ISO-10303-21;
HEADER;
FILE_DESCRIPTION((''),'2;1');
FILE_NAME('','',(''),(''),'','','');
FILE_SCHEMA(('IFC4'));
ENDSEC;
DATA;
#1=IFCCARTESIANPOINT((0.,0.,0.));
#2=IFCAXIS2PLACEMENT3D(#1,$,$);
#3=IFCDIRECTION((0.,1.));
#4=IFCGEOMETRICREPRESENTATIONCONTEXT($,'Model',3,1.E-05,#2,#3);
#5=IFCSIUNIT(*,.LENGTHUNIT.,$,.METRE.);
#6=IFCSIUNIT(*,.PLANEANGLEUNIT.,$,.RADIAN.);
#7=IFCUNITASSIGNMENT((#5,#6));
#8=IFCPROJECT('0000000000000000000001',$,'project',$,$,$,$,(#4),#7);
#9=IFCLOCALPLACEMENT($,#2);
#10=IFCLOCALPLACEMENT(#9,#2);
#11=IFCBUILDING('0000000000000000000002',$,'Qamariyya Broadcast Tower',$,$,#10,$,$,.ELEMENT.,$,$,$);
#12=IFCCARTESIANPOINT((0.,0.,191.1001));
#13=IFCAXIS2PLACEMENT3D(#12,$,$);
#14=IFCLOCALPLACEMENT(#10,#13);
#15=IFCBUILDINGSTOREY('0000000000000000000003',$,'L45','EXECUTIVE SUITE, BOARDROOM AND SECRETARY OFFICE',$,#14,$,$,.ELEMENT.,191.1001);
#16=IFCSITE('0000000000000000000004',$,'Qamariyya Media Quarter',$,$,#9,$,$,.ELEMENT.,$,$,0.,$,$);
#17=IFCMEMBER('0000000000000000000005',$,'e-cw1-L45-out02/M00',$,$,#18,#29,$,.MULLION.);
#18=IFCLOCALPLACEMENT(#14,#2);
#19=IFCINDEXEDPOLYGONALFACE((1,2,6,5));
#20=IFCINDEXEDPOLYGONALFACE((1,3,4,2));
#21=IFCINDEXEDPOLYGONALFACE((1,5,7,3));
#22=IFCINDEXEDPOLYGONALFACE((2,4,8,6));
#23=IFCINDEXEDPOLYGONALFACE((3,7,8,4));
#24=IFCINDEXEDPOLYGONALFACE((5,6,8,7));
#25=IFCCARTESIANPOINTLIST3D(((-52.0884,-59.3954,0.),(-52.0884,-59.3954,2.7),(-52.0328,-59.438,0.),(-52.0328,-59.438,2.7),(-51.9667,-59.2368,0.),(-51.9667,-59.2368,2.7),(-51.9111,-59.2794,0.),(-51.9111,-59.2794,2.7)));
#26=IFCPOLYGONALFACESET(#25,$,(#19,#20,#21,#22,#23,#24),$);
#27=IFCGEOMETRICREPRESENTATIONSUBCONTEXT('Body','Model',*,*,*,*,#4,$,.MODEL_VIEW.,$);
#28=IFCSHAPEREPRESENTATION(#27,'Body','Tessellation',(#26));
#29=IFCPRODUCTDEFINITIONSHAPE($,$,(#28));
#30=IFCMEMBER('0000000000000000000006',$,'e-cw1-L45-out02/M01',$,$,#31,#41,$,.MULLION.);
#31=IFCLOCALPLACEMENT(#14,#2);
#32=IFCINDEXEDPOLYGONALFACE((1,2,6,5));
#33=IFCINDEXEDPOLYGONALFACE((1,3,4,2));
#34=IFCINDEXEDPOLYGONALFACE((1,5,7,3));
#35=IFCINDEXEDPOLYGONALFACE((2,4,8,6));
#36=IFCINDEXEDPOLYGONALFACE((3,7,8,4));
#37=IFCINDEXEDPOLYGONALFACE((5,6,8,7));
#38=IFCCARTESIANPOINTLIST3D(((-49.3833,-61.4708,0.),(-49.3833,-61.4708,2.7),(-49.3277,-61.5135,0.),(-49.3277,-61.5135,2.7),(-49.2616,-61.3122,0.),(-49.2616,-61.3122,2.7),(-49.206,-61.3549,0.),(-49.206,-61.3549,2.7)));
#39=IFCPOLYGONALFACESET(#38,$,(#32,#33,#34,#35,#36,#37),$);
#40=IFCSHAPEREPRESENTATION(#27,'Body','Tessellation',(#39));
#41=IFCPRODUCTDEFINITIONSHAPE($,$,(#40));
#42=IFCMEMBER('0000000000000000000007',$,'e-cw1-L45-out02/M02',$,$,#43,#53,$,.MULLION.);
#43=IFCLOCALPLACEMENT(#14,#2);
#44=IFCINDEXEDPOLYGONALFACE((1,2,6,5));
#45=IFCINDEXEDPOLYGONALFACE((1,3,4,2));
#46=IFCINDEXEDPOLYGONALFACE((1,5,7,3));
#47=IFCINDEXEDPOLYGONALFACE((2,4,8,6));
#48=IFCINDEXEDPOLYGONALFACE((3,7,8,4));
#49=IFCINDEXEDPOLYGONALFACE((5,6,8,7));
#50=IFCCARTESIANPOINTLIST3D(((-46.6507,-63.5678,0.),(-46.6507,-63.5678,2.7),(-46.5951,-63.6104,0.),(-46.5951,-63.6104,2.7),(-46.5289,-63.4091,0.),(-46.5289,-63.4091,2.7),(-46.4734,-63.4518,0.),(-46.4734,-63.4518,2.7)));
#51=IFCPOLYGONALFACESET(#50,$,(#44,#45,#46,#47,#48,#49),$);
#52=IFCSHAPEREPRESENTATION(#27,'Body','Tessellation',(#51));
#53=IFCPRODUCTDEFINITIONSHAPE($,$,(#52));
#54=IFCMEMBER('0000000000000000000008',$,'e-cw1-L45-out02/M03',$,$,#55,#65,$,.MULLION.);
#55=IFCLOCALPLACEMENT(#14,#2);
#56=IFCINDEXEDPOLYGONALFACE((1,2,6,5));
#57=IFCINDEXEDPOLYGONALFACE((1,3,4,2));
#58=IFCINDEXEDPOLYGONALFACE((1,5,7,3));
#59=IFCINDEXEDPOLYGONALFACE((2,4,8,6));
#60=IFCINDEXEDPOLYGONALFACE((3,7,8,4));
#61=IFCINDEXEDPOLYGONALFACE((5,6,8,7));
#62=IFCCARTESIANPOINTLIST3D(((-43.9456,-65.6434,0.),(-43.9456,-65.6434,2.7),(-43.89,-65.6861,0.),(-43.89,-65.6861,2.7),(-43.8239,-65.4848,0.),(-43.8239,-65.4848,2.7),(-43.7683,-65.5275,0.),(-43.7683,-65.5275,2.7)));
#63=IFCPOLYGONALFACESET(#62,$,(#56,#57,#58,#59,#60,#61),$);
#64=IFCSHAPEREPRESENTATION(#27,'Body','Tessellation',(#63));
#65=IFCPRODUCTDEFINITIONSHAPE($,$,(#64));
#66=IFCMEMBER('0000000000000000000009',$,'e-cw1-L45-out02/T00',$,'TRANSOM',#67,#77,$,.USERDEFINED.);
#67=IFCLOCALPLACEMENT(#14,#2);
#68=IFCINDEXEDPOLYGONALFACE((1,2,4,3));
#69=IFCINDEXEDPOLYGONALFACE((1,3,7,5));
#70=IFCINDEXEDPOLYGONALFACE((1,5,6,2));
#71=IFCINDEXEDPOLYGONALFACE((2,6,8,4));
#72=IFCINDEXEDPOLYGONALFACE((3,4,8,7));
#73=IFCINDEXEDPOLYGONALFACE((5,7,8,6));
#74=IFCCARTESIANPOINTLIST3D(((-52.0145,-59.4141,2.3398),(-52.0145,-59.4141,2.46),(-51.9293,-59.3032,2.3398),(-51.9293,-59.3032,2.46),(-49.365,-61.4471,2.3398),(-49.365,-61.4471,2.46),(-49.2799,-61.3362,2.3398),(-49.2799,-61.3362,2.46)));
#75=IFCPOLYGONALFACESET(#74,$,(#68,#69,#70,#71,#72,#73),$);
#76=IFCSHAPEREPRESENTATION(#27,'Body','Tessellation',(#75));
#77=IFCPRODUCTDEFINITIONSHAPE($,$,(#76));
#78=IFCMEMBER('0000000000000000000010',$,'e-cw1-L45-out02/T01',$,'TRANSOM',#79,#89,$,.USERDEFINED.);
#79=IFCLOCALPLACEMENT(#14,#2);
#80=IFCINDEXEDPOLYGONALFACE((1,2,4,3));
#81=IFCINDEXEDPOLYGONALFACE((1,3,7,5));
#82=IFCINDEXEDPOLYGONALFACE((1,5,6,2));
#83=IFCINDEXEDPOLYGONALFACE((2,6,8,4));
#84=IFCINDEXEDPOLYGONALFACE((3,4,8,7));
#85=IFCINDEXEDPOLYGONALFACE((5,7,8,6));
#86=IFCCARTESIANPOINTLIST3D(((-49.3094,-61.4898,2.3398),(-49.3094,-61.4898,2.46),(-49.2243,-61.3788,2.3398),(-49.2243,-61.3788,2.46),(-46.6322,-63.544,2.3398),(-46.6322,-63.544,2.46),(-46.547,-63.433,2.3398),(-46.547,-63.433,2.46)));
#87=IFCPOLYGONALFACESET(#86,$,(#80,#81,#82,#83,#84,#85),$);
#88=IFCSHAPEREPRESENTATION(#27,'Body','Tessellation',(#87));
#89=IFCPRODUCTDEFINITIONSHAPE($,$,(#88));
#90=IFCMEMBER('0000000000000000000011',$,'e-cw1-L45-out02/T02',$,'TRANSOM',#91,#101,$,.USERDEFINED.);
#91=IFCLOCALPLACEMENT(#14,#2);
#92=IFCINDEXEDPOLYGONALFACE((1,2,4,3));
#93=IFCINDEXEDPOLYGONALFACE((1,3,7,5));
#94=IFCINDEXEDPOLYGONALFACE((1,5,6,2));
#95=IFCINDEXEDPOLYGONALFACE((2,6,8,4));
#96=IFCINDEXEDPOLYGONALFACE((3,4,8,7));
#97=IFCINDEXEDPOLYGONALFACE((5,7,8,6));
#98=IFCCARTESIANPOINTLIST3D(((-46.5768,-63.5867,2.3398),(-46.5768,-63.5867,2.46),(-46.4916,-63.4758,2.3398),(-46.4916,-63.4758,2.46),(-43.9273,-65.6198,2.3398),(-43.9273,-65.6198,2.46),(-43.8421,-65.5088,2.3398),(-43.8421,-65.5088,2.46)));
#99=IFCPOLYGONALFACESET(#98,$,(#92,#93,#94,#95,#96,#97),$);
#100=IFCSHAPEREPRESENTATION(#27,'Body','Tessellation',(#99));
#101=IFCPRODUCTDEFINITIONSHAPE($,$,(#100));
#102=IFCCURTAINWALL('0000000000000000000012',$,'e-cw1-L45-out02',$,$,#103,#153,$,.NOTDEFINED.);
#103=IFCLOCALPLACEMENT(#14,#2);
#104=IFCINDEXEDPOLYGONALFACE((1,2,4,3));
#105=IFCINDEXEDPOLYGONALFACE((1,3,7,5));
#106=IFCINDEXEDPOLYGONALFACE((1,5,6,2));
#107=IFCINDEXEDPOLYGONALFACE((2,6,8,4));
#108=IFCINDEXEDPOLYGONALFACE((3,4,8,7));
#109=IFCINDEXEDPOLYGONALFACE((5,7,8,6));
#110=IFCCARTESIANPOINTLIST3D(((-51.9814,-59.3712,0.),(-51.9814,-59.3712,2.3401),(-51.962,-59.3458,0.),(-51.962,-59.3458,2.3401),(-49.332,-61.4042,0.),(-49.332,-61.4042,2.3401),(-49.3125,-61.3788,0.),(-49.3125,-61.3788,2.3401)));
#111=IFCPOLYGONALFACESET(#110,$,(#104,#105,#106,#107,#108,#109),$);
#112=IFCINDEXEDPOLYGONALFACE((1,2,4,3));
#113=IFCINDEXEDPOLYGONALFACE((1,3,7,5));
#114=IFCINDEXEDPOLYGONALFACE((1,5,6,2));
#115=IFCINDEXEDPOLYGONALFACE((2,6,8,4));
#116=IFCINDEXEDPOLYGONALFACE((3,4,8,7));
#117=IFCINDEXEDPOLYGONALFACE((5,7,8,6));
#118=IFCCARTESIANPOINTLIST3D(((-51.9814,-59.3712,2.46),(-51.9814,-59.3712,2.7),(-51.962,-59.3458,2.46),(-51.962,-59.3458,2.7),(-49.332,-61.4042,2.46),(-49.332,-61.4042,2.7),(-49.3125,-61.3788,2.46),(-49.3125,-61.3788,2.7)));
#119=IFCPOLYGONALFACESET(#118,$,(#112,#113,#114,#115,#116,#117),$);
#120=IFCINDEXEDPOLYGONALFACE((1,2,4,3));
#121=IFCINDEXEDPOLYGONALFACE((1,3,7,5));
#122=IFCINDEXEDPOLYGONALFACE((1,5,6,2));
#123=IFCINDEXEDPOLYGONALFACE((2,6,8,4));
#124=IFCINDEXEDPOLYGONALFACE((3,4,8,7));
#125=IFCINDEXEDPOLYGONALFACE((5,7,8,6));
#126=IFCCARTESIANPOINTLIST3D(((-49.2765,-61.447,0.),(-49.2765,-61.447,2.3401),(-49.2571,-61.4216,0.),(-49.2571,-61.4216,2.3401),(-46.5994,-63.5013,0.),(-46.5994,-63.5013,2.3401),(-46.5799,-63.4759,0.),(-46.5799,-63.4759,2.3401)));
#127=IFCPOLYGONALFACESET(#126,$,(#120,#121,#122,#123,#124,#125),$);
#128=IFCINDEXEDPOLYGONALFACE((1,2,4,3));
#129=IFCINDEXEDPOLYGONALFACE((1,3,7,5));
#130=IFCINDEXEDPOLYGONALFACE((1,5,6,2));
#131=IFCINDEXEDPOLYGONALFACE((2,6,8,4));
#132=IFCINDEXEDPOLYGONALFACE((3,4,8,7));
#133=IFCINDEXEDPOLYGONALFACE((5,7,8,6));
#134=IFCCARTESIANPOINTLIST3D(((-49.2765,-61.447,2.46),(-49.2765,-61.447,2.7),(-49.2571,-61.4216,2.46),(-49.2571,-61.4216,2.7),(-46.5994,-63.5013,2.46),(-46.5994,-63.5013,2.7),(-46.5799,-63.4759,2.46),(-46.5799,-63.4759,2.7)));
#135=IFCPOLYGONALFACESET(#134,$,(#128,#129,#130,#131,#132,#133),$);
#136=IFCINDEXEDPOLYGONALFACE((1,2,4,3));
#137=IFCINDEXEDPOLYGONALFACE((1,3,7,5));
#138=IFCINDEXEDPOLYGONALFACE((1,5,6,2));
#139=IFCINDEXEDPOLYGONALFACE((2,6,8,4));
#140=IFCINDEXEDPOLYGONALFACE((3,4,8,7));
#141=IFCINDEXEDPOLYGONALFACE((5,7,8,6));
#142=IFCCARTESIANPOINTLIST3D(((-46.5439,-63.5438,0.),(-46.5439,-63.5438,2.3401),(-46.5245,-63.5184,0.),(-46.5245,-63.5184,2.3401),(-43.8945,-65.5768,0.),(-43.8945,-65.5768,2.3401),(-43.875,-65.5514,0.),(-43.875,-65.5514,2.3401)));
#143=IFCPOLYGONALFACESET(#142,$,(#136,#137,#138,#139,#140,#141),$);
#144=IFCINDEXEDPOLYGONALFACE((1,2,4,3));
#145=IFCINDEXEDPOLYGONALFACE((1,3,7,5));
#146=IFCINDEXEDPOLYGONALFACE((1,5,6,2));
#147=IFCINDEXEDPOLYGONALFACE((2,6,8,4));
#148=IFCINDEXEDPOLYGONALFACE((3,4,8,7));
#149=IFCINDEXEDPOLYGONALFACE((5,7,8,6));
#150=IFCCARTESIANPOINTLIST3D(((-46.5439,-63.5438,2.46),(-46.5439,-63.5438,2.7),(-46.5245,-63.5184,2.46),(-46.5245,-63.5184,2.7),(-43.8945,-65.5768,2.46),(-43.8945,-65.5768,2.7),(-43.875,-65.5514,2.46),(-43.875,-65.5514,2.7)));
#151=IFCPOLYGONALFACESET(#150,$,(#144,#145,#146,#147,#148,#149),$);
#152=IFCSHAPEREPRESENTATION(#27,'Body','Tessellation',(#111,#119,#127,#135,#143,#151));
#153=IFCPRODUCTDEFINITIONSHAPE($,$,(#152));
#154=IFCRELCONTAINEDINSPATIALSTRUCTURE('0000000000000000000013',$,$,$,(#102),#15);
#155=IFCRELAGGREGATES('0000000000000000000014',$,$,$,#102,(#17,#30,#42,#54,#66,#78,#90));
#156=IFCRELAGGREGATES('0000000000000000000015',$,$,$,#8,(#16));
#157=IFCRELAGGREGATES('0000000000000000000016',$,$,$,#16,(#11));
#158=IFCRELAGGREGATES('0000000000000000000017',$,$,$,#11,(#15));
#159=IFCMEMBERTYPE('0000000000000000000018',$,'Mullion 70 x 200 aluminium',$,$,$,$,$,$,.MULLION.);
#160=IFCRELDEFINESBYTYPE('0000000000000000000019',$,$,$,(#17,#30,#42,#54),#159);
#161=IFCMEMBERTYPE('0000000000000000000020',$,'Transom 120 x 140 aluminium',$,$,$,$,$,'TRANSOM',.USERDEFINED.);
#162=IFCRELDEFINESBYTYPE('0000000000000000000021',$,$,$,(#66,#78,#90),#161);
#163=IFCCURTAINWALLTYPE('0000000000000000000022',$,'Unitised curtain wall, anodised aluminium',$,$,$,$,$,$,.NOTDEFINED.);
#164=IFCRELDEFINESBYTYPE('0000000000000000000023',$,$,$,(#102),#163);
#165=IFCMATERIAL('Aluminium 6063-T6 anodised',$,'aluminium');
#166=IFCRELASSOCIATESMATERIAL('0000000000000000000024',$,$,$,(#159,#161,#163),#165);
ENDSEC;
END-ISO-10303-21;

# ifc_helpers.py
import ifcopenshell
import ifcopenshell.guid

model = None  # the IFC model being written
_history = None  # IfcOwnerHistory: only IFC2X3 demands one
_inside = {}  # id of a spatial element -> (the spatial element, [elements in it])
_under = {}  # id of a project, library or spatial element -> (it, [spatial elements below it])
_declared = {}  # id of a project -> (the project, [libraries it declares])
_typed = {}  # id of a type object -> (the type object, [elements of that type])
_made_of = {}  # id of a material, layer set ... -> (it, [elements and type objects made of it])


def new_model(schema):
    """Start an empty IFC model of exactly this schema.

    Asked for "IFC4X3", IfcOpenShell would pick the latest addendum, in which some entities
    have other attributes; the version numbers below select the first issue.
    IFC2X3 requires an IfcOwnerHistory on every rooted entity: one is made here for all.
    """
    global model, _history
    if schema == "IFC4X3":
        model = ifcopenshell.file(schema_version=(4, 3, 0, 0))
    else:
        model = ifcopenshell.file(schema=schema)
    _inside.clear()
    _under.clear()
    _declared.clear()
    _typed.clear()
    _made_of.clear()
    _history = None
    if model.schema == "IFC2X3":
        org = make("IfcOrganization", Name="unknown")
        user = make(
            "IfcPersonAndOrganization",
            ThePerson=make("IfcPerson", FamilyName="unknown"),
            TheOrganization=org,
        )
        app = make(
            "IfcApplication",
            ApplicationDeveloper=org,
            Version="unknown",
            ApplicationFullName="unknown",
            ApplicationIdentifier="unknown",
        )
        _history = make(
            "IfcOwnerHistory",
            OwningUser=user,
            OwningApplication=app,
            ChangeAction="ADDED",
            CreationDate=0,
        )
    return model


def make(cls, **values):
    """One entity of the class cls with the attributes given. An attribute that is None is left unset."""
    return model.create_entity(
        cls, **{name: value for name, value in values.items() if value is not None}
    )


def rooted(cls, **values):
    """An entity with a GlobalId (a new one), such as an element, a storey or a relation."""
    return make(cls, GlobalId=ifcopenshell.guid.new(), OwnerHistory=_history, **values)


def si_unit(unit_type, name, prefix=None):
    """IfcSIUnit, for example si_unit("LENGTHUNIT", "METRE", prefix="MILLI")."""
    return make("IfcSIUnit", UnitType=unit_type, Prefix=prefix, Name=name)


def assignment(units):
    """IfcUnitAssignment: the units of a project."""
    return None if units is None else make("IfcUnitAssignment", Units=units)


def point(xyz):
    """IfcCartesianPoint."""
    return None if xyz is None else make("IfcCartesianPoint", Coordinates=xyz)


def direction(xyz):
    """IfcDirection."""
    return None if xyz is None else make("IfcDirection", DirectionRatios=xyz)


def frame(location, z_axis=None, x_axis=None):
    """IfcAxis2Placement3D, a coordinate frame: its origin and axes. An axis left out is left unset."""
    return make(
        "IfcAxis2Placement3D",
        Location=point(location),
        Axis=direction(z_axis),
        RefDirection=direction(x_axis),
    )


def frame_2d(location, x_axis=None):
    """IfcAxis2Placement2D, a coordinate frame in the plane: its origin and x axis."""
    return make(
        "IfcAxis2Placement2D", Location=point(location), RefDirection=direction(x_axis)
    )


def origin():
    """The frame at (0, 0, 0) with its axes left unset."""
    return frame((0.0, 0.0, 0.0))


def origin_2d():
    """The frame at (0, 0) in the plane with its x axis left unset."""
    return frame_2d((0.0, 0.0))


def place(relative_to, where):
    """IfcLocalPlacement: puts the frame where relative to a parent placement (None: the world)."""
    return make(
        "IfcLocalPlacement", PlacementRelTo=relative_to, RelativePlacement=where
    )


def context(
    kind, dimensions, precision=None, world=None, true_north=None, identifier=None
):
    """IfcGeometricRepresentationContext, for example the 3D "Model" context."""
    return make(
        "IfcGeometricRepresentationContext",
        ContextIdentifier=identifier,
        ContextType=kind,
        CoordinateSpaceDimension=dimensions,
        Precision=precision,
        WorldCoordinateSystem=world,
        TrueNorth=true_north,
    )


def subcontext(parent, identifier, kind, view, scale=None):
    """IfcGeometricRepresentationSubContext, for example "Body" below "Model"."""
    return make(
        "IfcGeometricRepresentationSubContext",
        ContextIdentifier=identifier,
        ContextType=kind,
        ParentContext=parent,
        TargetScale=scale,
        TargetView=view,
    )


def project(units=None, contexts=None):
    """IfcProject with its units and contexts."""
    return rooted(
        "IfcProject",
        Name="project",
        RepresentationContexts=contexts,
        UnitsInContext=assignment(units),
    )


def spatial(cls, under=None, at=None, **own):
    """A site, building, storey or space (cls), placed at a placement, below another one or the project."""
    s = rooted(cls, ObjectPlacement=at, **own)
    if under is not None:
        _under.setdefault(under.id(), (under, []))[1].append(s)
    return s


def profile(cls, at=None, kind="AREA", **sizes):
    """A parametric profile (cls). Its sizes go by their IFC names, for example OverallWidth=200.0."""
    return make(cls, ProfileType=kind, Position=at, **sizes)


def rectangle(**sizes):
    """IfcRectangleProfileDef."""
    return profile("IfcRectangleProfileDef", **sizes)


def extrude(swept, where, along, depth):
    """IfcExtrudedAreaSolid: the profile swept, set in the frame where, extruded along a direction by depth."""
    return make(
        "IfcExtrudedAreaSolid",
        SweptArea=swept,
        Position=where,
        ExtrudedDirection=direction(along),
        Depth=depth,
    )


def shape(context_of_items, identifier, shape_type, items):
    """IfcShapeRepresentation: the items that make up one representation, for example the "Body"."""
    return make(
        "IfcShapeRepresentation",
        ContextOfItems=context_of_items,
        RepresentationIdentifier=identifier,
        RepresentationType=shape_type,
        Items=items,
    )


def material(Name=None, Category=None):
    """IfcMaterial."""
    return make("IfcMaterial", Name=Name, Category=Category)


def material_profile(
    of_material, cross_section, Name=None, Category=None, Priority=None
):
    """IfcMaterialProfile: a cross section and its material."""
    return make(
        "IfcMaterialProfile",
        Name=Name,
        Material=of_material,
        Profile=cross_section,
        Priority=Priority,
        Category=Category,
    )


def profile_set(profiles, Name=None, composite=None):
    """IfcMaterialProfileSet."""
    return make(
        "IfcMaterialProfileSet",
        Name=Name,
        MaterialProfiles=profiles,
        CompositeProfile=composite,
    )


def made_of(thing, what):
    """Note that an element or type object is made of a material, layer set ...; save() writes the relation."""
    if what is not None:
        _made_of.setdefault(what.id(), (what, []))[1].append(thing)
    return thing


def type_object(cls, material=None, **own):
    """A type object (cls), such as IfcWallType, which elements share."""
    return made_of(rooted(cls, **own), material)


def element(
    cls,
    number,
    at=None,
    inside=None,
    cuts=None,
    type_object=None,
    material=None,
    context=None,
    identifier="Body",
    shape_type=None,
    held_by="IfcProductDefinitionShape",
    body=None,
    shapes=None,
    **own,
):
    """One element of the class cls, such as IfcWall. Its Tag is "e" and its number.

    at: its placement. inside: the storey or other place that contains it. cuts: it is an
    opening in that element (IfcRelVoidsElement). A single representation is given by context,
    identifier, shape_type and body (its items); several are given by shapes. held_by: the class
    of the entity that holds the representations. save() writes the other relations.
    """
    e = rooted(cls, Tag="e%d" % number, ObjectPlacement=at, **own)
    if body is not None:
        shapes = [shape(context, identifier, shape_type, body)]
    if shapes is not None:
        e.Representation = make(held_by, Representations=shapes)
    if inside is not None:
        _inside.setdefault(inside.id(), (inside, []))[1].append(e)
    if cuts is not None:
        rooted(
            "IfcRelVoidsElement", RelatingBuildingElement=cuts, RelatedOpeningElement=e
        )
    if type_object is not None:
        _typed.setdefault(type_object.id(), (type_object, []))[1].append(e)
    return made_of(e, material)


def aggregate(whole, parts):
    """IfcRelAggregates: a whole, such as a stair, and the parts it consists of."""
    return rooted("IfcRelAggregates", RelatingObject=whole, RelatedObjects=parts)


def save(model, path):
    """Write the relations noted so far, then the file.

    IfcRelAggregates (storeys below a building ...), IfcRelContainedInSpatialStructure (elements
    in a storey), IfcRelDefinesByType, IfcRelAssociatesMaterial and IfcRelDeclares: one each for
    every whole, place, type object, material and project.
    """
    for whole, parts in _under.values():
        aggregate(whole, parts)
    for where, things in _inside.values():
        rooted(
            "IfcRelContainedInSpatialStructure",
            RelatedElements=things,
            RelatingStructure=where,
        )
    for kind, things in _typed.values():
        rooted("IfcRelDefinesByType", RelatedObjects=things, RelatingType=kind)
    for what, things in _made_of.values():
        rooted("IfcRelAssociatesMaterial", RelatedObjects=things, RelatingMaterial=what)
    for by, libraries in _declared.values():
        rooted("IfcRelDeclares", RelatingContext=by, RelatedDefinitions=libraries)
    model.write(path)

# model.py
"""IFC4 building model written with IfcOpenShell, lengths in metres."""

from ifc_helpers import new_model, si_unit, direction, frame, origin, origin_2d, place, context, subcontext, project, spatial, rectangle, extrude, material, material_profile, profile_set, type_object, element, aggregate, save


model = new_model("IFC4")

# Units and contexts
model_context = context("Model", 3, precision=1e-05, world=origin(), true_north=direction((0.0, 1.0)))
body_context = subcontext(model_context, "Body", "Model", "MODEL_VIEW")
ifc_project = project(units=[si_unit("LENGTHUNIT", "METRE"), si_unit("PLANEANGLEUNIT", "RADIAN")], contexts=[model_context])

# Members
ifc_material_1 = material(Name="Aluminium 6063-T6 anodised", Category="aluminium")
ifc_material_profile_1 = material_profile(ifc_material_1, rectangle(XDim=0.2, YDim=0.0701, at=origin_2d()))
ifc_profile_set_1 = profile_set([ifc_material_profile_1], Name="Aluminium 6063-T6 anodised")
member_type_1 = type_object("IfcMemberType", Name="Mullion 70 x 200 aluminium", PredefinedType="MULLION", material=ifc_profile_set_1)
site_placement = place(None, origin())
building_placement = place(site_placement, origin())
storey_placement = place(building_placement, frame((0.0, 0.0, 191.1001)))
member_1_placement = place(storey_placement, frame((-51.9998, -59.3374, 0.0), z_axis=(0.0, 0.0, 1.0), x_axis=(0.608761, 0.793353, 0.0)))
member_1 = element("IfcMember", 1, at=member_1_placement, type_object=member_type_1, Name="e-cw1-L45-out02/M00", PredefinedType="MULLION", context=body_context, shape_type="SweptSolid", body=[
    extrude(rectangle(XDim=0.2, YDim=0.0701, at=origin_2d()), origin(), (0.0, 0.0, 1.0), 2.7),
])
member_2_placement = place(storey_placement, frame((-49.2947, -61.4128, 0.0), z_axis=(0.0, 0.0, 1.0), x_axis=(0.608761, 0.793353, 0.0)))
member_2 = element("IfcMember", 2, at=member_2_placement, type_object=member_type_1, Name="e-cw1-L45-out02/M01", PredefinedType="MULLION", context=body_context, shape_type="SweptSolid", body=[
    extrude(rectangle(XDim=0.2, YDim=0.0701, at=origin_2d()), origin(), (0.0, 0.0, 1.0), 2.7),
])
member_3_placement = place(storey_placement, frame((-46.562, -63.5098, 0.0), z_axis=(0.0, 0.0, 1.0), x_axis=(0.608761, 0.793353, 0.0)))
member_3 = element("IfcMember", 3, at=member_3_placement, type_object=member_type_1, Name="e-cw1-L45-out02/M02", PredefinedType="MULLION", context=body_context, shape_type="SweptSolid", body=[
    extrude(rectangle(XDim=0.2, YDim=0.0701, at=origin_2d()), origin(), (0.0, 0.0, 1.0), 2.7),
])
member_4_placement = place(storey_placement, frame((-43.8569, -65.5854, 0.0), z_axis=(0.0, 0.0, 1.0), x_axis=(0.608761, 0.793353, 0.0)))
member_4 = element("IfcMember", 4, at=member_4_placement, type_object=member_type_1, Name="e-cw1-L45-out02/M03", PredefinedType="MULLION", context=body_context, shape_type="SweptSolid", body=[
    extrude(rectangle(XDim=0.2, YDim=0.0701, at=origin_2d()), origin(), (0.0, 0.0, 1.0), 2.7),
])
ifc_material_profile_2 = material_profile(ifc_material_1, rectangle(XDim=0.1399, YDim=0.1201, at=origin_2d()))
ifc_profile_set_2 = profile_set([ifc_material_profile_2], Name="Aluminium 6063-T6 anodised")
member_type_2 = type_object("IfcMemberType", Name="Transom 120 x 140 aluminium", ElementType="TRANSOM", PredefinedType="USERDEFINED", material=ifc_profile_set_2)
member_5_placement = place(storey_placement, frame((-51.9719, -59.3586, 2.3999), z_axis=(0.793354, -0.60876, 0.0), x_axis=(0.60876, 0.793354, 0.0)))
member_5 = element("IfcMember", 5, at=member_5_placement, type_object=member_type_2, Name="e-cw1-L45-out02/T00", ObjectType="TRANSOM", PredefinedType="USERDEFINED", context=body_context, shape_type="SweptSolid", body=[
    extrude(rectangle(XDim=0.1399, YDim=0.1201, at=origin_2d()), origin(), (0.0, 0.0, 1.0), 3.3396),
])
member_6_placement = place(storey_placement, frame((-49.2668, -61.4343, 2.3999), z_axis=(0.793371, -0.608738, 0.0), x_axis=(0.608738, 0.793371, 0.0)))
member_6 = element("IfcMember", 6, at=member_6_placement, type_object=member_type_2, Name="e-cw1-L45-out02/T01", ObjectType="TRANSOM", PredefinedType="USERDEFINED", context=body_context, shape_type="SweptSolid", body=[
    extrude(rectangle(XDim=0.1399, YDim=0.1201, at=origin_2d()), origin(), (0.0, 0.0, 1.0), 3.3745),
])
member_7_placement = place(storey_placement, frame((-46.5342, -63.5312, 2.3999), z_axis=(0.793354, -0.60876, 0.0), x_axis=(0.60876, 0.793354, 0.0)))
member_7 = element("IfcMember", 7, at=member_7_placement, type_object=member_type_2, Name="e-cw1-L45-out02/T02", ObjectType="TRANSOM", PredefinedType="USERDEFINED", context=body_context, shape_type="SweptSolid", body=[
    extrude(rectangle(XDim=0.1399, YDim=0.1201, at=origin_2d()), origin(), (0.0, 0.0, 1.0), 3.3396),
])

# Site, building, storey
site = spatial("IfcSite", under=ifc_project, at=site_placement, Name="Qamariyya Media Quarter", CompositionType="ELEMENT", RefElevation=0.0)
building = spatial("IfcBuilding", under=site, at=building_placement, Name="Qamariyya Broadcast Tower", CompositionType="ELEMENT")
storey = spatial("IfcBuildingStorey", under=building, at=storey_placement, Name="L45", Description="EXECUTIVE SUITE, BOARDROOM AND SECRETARY OFFICE", CompositionType="ELEMENT", Elevation=191.1001)

# Curtain wall
curtain_wall_type = type_object("IfcCurtainWallType", Name="Unitised curtain wall, anodised aluminium", PredefinedType="NOTDEFINED", material=ifc_material_1)
curtain_wall_1_placement = place(storey_placement, origin())
curtain_wall_1 = element("IfcCurtainWall", 8, at=curtain_wall_1_placement, inside=storey, type_object=curtain_wall_type, Name="e-cw1-L45-out02", PredefinedType="NOTDEFINED", context=body_context, shape_type="SweptSolid", body=[
    extrude(rectangle(XDim=3.3396, YDim=0.032, at=origin_2d()), frame((-50.647, -60.375, 0.0), x_axis=(0.793352, -0.608764, 0.0)), (0.0, 0.0, 1.0), 2.3401),
    extrude(rectangle(XDim=3.3396, YDim=0.032, at=origin_2d()), frame((-50.647, -60.375, 2.46), x_axis=(0.793352, -0.608764, 0.0)), (0.0, 0.0, 1.0), 0.24),
    extrude(rectangle(XDim=3.3745, YDim=0.032, at=origin_2d()), frame((-47.9282, -62.4614, 0.0), x_axis=(0.793352, -0.608764, 0.0)), (0.0, 0.0, 1.0), 2.3401),
    extrude(rectangle(XDim=3.3745, YDim=0.032, at=origin_2d()), frame((-47.9282, -62.4614, 2.46), x_axis=(0.793352, -0.608764, 0.0)), (0.0, 0.0, 1.0), 0.24),
    extrude(rectangle(XDim=3.3396, YDim=0.032, at=origin_2d()), frame((-45.2095, -64.5476, 0.0), x_axis=(0.793352, -0.608764, 0.0)), (0.0, 0.0, 1.0), 2.3401),
    extrude(rectangle(XDim=3.3396, YDim=0.032, at=origin_2d()), frame((-45.2095, -64.5476, 2.46), x_axis=(0.793352, -0.608764, 0.0)), (0.0, 0.0, 1.0), 0.24),
])
aggregate(curtain_wall_1, [member_1, member_2, member_3, member_4, member_5, member_6, member_7])

save(model, "model.ifc")
